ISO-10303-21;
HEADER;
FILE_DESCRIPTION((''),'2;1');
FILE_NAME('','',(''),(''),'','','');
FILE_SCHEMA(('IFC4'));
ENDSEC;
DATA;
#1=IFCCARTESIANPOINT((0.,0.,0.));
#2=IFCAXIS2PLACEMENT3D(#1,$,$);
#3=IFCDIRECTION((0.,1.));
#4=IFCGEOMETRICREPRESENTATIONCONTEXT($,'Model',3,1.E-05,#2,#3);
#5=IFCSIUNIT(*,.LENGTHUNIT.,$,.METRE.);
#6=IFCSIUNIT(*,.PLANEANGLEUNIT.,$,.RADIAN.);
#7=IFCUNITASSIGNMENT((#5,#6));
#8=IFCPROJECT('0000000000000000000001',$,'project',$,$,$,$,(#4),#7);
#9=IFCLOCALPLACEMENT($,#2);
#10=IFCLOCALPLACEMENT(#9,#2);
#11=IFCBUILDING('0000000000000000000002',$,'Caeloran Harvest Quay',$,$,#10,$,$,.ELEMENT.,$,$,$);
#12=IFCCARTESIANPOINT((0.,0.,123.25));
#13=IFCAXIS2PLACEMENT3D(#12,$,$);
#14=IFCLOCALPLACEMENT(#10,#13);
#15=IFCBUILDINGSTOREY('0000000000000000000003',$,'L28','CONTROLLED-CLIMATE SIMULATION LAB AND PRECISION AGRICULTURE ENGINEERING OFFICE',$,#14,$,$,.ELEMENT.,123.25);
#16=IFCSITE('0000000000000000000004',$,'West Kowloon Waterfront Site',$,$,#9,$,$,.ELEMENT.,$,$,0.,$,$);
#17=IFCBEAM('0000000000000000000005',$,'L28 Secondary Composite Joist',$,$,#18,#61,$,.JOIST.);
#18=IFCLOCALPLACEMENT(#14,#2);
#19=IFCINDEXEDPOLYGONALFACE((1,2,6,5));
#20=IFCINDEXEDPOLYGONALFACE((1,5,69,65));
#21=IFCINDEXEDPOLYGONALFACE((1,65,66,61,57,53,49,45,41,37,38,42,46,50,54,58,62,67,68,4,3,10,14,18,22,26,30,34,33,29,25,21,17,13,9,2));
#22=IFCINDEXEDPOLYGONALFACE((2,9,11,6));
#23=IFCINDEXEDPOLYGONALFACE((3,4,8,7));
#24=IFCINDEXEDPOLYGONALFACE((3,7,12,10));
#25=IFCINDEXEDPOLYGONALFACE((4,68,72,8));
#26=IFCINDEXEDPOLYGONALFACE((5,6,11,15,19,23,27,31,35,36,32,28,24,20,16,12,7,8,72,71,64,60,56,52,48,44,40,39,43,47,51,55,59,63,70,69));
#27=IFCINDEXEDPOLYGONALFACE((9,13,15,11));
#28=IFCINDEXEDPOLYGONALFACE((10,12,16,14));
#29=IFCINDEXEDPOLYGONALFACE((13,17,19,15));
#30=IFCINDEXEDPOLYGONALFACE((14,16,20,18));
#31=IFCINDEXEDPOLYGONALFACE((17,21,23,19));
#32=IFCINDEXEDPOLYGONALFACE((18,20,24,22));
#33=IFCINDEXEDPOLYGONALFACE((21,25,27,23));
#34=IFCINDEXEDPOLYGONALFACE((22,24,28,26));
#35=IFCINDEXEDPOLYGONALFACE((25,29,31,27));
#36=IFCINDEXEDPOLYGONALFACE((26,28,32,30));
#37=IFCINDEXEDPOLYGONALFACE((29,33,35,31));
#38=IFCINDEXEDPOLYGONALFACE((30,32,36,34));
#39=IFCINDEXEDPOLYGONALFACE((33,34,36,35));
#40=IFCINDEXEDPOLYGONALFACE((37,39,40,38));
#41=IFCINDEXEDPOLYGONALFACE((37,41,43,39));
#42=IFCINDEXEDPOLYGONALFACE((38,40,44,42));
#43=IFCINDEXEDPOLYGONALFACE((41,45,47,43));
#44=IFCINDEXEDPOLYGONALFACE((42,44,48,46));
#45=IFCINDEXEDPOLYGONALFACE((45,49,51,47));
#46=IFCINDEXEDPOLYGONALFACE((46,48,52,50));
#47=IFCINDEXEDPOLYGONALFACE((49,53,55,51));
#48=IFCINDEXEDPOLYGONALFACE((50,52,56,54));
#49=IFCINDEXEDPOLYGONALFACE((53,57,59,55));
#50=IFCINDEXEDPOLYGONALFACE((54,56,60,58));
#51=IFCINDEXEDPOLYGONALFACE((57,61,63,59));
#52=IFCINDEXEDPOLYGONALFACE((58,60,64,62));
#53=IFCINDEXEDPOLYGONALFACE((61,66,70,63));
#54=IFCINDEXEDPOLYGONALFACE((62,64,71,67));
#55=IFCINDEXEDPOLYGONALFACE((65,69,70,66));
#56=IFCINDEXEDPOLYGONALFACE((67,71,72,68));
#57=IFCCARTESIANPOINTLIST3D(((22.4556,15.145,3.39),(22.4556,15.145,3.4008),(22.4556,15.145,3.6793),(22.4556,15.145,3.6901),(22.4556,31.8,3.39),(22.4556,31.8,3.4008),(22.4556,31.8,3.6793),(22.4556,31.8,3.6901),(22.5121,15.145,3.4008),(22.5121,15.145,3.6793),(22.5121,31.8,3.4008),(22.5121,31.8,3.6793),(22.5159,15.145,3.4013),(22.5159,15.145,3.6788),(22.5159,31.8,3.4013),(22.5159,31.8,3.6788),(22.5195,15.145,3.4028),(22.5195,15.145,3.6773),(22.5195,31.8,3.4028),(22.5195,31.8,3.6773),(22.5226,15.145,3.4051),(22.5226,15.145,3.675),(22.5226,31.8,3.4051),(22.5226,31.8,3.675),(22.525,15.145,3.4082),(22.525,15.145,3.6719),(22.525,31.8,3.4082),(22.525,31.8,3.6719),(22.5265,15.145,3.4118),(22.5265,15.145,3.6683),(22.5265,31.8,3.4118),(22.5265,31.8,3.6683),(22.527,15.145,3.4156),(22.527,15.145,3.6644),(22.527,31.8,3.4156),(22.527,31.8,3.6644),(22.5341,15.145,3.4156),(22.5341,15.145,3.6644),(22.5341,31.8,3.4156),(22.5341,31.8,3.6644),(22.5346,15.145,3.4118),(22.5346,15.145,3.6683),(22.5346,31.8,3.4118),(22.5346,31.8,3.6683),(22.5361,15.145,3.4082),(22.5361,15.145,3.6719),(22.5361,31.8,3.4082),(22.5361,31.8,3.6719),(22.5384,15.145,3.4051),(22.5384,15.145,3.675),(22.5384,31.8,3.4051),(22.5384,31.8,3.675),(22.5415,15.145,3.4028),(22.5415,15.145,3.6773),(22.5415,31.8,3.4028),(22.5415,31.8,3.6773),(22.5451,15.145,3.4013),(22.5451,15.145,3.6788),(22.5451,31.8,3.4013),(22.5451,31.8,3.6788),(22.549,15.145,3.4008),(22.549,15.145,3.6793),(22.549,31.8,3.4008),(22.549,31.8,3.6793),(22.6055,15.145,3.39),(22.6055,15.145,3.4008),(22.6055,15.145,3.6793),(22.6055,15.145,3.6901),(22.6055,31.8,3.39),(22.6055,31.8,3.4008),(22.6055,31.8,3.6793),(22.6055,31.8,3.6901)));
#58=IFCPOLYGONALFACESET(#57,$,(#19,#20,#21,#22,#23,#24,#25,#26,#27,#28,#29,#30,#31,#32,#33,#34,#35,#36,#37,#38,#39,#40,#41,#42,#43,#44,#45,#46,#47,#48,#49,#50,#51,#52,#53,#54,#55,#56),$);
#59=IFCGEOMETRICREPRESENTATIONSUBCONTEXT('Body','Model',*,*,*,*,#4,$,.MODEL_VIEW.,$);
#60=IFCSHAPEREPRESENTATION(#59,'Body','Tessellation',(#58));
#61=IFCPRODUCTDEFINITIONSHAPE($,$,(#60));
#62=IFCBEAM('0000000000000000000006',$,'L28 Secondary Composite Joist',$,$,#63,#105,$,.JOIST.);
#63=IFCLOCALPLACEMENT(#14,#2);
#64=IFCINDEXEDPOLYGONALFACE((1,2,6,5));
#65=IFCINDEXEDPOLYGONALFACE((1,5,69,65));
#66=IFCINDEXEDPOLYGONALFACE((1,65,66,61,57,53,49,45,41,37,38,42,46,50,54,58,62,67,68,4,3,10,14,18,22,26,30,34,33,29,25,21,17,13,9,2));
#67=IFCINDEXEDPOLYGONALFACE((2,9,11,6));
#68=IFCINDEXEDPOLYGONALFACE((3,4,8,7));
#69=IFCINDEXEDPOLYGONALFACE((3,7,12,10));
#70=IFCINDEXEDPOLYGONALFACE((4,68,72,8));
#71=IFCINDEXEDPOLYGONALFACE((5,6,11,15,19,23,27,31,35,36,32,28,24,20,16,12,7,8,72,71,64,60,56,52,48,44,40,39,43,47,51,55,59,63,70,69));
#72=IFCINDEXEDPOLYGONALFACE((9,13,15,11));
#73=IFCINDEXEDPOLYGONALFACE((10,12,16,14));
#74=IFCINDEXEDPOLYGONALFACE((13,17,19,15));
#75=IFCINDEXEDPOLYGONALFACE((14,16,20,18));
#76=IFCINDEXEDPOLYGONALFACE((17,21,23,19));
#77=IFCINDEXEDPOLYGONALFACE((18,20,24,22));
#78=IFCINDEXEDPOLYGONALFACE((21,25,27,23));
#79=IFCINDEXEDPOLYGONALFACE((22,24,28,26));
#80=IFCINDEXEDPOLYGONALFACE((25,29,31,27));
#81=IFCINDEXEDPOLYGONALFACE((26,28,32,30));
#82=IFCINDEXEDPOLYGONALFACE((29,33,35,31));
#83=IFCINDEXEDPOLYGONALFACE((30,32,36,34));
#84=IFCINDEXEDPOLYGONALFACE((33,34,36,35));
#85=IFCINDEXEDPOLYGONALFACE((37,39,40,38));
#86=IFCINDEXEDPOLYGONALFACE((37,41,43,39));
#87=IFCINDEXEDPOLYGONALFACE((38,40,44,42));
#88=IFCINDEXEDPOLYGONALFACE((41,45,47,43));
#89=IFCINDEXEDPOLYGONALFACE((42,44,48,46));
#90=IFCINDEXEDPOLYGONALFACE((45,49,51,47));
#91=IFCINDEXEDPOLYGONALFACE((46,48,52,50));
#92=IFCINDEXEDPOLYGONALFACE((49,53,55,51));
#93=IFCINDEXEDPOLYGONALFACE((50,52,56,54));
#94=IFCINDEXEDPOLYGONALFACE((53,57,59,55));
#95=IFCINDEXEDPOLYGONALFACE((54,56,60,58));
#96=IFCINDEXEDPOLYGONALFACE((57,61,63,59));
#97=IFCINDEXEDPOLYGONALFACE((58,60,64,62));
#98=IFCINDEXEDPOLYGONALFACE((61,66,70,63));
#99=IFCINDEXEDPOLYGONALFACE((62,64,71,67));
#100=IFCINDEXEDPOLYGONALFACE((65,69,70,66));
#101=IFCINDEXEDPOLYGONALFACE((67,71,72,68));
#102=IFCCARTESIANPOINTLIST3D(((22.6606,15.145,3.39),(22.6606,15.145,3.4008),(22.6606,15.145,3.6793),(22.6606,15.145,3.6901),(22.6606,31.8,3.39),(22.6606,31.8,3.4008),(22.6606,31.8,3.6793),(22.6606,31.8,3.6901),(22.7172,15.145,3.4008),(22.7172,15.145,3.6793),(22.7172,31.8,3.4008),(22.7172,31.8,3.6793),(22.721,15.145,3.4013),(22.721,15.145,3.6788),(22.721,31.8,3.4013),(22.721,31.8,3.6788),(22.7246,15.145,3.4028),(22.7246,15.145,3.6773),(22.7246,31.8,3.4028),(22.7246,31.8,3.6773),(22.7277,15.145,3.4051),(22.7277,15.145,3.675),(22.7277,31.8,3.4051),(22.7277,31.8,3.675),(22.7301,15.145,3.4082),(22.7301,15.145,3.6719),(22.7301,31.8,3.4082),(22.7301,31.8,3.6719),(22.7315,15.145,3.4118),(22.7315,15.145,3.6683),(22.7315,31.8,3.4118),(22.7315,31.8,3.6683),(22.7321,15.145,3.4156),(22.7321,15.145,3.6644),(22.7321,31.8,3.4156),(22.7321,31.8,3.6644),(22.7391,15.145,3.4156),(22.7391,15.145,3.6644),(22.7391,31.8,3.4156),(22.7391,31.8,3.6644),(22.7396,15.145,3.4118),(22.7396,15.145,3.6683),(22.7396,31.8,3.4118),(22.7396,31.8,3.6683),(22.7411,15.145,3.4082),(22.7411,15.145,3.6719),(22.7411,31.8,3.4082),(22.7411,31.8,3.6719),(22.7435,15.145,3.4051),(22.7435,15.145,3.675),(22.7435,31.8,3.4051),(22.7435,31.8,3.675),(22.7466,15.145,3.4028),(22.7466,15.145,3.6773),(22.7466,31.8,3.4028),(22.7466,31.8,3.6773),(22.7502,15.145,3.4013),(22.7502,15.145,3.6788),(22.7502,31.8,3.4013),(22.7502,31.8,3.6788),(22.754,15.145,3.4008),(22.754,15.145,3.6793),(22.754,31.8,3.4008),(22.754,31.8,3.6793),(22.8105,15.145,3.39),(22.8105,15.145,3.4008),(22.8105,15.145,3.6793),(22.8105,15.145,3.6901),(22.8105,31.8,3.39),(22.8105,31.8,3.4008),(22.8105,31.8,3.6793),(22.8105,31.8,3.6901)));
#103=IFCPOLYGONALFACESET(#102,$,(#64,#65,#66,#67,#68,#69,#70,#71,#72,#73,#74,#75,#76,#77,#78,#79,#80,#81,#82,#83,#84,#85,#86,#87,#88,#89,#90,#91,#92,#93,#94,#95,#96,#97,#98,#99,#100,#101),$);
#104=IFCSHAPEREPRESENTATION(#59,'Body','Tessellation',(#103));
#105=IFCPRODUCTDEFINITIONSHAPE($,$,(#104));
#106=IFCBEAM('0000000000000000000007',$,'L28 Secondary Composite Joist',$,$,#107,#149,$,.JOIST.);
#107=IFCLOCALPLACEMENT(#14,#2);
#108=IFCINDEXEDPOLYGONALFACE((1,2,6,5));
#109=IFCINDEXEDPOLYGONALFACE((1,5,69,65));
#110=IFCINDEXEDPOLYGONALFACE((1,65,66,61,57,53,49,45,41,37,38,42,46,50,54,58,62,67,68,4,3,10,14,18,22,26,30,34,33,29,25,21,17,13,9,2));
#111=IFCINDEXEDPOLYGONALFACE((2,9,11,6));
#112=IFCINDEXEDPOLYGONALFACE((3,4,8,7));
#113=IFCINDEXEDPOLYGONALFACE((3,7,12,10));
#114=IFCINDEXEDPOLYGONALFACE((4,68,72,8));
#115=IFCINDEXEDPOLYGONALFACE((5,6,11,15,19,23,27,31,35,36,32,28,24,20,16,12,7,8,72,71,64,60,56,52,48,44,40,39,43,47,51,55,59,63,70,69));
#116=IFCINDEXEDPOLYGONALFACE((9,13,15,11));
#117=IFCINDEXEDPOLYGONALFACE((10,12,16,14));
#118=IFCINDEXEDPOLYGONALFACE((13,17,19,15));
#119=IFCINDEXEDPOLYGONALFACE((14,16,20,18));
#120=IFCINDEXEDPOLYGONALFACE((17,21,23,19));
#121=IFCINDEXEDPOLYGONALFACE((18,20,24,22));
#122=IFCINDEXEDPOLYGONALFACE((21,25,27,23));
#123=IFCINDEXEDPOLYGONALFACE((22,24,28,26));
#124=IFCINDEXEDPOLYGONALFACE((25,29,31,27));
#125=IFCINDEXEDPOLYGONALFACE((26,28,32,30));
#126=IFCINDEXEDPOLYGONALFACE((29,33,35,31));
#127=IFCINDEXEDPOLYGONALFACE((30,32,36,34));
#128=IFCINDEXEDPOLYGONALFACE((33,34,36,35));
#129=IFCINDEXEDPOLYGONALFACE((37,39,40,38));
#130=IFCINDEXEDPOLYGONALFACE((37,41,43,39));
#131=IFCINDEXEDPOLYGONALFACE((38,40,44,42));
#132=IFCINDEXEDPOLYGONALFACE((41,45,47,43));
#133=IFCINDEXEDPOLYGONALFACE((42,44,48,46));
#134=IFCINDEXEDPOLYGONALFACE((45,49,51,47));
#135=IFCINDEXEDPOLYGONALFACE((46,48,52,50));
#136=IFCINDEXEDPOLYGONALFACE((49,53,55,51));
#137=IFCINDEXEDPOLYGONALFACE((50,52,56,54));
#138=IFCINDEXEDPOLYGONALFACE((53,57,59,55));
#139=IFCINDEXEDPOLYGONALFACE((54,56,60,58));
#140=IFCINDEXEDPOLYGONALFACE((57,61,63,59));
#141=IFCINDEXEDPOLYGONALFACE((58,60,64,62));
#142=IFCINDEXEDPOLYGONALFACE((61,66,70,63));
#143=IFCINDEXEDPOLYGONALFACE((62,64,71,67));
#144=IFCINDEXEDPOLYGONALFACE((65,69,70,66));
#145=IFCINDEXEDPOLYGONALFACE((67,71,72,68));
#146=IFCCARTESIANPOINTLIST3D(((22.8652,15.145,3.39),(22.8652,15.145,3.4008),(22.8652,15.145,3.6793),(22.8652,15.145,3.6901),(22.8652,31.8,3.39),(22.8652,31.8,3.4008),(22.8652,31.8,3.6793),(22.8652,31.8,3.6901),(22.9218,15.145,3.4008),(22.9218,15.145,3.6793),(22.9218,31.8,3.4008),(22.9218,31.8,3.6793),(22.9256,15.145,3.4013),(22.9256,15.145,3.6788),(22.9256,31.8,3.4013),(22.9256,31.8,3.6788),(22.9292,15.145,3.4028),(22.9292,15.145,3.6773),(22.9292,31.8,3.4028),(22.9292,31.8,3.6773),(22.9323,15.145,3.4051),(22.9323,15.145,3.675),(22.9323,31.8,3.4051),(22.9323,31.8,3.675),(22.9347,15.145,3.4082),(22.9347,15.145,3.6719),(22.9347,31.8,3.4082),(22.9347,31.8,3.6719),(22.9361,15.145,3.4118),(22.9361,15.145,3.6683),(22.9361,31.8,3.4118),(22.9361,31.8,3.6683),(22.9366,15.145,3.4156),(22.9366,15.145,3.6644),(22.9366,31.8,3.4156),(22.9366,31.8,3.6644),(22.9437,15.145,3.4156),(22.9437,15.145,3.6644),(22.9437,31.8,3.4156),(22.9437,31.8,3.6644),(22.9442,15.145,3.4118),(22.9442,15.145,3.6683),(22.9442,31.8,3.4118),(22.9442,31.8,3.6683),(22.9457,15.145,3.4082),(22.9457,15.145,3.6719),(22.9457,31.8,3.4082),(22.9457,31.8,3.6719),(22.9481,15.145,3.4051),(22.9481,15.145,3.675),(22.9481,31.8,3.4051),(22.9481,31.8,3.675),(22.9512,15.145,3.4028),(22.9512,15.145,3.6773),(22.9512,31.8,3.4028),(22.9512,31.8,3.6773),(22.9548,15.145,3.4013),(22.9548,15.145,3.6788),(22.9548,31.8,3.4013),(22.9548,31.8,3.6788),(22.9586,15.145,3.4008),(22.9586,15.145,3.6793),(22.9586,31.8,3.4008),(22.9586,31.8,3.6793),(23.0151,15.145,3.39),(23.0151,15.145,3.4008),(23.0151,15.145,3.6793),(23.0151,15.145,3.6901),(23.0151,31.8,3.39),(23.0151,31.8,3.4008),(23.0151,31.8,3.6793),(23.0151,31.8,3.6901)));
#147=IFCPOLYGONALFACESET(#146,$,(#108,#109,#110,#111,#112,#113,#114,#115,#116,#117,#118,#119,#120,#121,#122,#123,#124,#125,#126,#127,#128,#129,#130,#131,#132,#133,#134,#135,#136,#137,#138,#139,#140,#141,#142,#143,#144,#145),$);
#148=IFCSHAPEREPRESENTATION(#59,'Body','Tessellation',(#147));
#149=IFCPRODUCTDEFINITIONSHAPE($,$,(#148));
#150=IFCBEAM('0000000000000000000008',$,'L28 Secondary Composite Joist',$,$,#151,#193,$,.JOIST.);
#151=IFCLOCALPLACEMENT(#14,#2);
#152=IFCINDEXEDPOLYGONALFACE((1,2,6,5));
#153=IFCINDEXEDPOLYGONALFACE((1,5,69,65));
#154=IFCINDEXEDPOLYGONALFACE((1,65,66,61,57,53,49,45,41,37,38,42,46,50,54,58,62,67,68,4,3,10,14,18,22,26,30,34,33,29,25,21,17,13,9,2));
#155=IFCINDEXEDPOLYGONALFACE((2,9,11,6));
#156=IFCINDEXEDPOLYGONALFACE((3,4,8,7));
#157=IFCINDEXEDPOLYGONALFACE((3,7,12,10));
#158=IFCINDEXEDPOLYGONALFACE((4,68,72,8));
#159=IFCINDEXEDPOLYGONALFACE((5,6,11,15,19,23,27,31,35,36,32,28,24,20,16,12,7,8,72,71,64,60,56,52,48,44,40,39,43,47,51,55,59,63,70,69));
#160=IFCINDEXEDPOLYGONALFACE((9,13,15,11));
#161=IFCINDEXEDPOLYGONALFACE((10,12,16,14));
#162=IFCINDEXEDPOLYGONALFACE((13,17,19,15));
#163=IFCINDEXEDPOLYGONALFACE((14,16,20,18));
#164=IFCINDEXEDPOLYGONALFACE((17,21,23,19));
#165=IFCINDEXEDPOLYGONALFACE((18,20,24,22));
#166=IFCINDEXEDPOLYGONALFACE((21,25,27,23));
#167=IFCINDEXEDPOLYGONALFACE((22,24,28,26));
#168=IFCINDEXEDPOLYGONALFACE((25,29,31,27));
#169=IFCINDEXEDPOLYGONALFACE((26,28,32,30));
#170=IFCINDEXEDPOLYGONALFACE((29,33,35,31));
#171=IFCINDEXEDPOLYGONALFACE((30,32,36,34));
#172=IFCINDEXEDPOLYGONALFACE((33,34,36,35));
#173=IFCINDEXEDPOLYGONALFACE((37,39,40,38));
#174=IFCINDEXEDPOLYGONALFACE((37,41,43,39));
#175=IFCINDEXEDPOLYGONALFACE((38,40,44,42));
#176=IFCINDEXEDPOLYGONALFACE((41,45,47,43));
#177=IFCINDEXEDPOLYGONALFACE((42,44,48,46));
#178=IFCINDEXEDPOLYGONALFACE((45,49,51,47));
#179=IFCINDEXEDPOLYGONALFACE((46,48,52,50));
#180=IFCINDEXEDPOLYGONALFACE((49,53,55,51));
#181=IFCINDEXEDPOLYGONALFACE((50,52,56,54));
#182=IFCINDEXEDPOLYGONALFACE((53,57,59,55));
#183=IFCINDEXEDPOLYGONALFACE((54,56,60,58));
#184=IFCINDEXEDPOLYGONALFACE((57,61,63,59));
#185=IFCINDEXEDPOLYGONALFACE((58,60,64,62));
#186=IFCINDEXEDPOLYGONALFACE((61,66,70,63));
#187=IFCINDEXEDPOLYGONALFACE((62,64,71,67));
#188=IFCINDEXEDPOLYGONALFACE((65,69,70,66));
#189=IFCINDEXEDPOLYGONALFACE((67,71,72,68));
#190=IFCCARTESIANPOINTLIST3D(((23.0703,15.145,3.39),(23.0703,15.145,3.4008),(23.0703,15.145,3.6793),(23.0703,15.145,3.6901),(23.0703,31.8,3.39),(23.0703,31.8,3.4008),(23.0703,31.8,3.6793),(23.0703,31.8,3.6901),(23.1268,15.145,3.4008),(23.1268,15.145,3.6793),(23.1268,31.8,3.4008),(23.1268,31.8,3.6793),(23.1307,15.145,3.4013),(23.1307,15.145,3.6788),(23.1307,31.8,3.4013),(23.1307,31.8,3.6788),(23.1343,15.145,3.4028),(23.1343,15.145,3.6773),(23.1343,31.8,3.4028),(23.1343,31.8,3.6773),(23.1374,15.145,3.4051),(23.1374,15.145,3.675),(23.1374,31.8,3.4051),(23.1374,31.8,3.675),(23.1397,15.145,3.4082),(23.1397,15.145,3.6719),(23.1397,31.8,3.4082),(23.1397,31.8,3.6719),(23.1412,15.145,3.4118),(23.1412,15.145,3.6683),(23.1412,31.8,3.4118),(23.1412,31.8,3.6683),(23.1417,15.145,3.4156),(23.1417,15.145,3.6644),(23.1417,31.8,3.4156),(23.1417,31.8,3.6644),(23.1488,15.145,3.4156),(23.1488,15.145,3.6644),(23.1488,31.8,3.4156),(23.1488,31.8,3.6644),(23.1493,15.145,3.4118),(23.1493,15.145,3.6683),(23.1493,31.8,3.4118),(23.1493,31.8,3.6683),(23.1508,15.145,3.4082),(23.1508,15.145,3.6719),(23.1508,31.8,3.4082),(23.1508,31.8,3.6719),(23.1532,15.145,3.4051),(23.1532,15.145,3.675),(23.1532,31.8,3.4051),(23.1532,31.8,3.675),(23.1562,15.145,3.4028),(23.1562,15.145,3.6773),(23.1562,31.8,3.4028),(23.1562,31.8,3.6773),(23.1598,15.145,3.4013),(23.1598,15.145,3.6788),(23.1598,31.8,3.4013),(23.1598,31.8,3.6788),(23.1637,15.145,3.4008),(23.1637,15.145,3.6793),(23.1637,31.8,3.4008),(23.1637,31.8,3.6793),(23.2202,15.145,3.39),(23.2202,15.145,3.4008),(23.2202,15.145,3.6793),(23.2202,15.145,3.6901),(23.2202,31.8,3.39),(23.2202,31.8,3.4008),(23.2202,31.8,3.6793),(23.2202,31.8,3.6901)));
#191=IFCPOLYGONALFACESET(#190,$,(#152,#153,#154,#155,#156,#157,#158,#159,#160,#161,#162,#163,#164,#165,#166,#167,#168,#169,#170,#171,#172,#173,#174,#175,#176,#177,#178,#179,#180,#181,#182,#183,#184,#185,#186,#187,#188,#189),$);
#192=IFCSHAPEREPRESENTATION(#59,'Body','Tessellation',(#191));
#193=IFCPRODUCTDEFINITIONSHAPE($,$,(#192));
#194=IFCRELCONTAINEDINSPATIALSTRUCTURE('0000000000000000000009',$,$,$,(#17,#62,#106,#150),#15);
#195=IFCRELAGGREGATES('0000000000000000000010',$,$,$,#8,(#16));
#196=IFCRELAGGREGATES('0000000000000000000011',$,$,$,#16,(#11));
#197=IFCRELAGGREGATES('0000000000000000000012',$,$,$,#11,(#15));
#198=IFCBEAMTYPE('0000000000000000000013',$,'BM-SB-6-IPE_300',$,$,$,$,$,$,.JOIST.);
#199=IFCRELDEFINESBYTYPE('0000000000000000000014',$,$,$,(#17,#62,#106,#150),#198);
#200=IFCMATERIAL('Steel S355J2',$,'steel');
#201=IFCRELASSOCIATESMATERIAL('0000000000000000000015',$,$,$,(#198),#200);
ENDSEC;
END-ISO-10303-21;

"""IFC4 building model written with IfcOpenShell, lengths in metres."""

from ifc_helpers import new_model, si_unit, direction, frame, origin, origin_2d, place, context, subcontext, project, spatial, i_section, extrude, material, material_profile, profile_set, type_object, element, save


model = new_model("IFC4")

# Units and contexts
model_context = context("Model", 3, precision=1e-05, world=origin(), true_north=direction((0.0, 1.0)))
body_context = subcontext(model_context, "Body", "Model", "MODEL_VIEW")
ifc_project = project(units=[si_unit("LENGTHUNIT", "METRE"), si_unit("PLANEANGLEUNIT", "RADIAN")], contexts=[model_context])

# Site, building, storey
site_placement = place(None, origin())
site = spatial("IfcSite", under=ifc_project, at=site_placement, Name="West Kowloon Waterfront Site", CompositionType="ELEMENT", RefElevation=0.0)
building_placement = place(site_placement, origin())
building = spatial("IfcBuilding", under=site, at=building_placement, Name="Caeloran Harvest Quay", CompositionType="ELEMENT")
storey_placement = place(building_placement, frame((0.0, 0.0, 123.25)))
storey = spatial("IfcBuildingStorey", under=building, at=storey_placement, Name="L28", Description="CONTROLLED-CLIMATE SIMULATION LAB AND PRECISION AGRICULTURE ENGINEERING OFFICE", CompositionType="ELEMENT", Elevation=123.25)

# Beams
ifc_material_1 = material(Name="Steel S355J2", Category="steel")
ifc_material_profile_1 = material_profile(ifc_material_1, i_section(OverallWidth=0.1499, OverallDepth=0.3, WebThickness=0.0071, FlangeThickness=0.0107, FilletRadius=0.0149, at=origin_2d()), Name="IPE 300")
ifc_profile_set_1 = profile_set([ifc_material_profile_1], Name="Steel S355J2")
beam_type_1 = type_object("IfcBeamType", Name="BM-SB-6-IPE_300", PredefinedType="JOIST", material=ifc_profile_set_1)
for number, where, z_axis, x_axis, name in (
    (1, (22.5305, 15.145, 3.54), (0.0, 1.0, 0.0), (-1.0, 0.0, 0.0), "L28 Secondary Composite Joist"),
    (2, (22.7356, 15.145, 3.54), (0.0, 1.0, 0.0), (-1.0, 0.0, 0.0), "L28 Secondary Composite Joist"),
    (3, (22.9402, 15.145, 3.54), (0.0, 1.0, 0.0), (-1.0, 0.0, 0.0), "L28 Secondary Composite Joist"),
    (4, (23.1453, 15.145, 3.54), (0.0, 1.0, 0.0), (-1.0, 0.0, 0.0), "L28 Secondary Composite Joist"),
):
    element("IfcBeam", number, at=place(storey_placement, frame(where, z_axis=z_axis, x_axis=x_axis)), inside=storey, type_object=beam_type_1, Name=name, PredefinedType="JOIST", context=body_context, shape_type="SweptSolid", body=[
        extrude(i_section(OverallWidth=0.1499, OverallDepth=0.3, WebThickness=0.0071, FlangeThickness=0.0107, FilletRadius=0.0149, at=origin_2d()), origin(), (0.0, 0.0, 1.0), 16.655),
    ])

save(model, "model.ifc")
